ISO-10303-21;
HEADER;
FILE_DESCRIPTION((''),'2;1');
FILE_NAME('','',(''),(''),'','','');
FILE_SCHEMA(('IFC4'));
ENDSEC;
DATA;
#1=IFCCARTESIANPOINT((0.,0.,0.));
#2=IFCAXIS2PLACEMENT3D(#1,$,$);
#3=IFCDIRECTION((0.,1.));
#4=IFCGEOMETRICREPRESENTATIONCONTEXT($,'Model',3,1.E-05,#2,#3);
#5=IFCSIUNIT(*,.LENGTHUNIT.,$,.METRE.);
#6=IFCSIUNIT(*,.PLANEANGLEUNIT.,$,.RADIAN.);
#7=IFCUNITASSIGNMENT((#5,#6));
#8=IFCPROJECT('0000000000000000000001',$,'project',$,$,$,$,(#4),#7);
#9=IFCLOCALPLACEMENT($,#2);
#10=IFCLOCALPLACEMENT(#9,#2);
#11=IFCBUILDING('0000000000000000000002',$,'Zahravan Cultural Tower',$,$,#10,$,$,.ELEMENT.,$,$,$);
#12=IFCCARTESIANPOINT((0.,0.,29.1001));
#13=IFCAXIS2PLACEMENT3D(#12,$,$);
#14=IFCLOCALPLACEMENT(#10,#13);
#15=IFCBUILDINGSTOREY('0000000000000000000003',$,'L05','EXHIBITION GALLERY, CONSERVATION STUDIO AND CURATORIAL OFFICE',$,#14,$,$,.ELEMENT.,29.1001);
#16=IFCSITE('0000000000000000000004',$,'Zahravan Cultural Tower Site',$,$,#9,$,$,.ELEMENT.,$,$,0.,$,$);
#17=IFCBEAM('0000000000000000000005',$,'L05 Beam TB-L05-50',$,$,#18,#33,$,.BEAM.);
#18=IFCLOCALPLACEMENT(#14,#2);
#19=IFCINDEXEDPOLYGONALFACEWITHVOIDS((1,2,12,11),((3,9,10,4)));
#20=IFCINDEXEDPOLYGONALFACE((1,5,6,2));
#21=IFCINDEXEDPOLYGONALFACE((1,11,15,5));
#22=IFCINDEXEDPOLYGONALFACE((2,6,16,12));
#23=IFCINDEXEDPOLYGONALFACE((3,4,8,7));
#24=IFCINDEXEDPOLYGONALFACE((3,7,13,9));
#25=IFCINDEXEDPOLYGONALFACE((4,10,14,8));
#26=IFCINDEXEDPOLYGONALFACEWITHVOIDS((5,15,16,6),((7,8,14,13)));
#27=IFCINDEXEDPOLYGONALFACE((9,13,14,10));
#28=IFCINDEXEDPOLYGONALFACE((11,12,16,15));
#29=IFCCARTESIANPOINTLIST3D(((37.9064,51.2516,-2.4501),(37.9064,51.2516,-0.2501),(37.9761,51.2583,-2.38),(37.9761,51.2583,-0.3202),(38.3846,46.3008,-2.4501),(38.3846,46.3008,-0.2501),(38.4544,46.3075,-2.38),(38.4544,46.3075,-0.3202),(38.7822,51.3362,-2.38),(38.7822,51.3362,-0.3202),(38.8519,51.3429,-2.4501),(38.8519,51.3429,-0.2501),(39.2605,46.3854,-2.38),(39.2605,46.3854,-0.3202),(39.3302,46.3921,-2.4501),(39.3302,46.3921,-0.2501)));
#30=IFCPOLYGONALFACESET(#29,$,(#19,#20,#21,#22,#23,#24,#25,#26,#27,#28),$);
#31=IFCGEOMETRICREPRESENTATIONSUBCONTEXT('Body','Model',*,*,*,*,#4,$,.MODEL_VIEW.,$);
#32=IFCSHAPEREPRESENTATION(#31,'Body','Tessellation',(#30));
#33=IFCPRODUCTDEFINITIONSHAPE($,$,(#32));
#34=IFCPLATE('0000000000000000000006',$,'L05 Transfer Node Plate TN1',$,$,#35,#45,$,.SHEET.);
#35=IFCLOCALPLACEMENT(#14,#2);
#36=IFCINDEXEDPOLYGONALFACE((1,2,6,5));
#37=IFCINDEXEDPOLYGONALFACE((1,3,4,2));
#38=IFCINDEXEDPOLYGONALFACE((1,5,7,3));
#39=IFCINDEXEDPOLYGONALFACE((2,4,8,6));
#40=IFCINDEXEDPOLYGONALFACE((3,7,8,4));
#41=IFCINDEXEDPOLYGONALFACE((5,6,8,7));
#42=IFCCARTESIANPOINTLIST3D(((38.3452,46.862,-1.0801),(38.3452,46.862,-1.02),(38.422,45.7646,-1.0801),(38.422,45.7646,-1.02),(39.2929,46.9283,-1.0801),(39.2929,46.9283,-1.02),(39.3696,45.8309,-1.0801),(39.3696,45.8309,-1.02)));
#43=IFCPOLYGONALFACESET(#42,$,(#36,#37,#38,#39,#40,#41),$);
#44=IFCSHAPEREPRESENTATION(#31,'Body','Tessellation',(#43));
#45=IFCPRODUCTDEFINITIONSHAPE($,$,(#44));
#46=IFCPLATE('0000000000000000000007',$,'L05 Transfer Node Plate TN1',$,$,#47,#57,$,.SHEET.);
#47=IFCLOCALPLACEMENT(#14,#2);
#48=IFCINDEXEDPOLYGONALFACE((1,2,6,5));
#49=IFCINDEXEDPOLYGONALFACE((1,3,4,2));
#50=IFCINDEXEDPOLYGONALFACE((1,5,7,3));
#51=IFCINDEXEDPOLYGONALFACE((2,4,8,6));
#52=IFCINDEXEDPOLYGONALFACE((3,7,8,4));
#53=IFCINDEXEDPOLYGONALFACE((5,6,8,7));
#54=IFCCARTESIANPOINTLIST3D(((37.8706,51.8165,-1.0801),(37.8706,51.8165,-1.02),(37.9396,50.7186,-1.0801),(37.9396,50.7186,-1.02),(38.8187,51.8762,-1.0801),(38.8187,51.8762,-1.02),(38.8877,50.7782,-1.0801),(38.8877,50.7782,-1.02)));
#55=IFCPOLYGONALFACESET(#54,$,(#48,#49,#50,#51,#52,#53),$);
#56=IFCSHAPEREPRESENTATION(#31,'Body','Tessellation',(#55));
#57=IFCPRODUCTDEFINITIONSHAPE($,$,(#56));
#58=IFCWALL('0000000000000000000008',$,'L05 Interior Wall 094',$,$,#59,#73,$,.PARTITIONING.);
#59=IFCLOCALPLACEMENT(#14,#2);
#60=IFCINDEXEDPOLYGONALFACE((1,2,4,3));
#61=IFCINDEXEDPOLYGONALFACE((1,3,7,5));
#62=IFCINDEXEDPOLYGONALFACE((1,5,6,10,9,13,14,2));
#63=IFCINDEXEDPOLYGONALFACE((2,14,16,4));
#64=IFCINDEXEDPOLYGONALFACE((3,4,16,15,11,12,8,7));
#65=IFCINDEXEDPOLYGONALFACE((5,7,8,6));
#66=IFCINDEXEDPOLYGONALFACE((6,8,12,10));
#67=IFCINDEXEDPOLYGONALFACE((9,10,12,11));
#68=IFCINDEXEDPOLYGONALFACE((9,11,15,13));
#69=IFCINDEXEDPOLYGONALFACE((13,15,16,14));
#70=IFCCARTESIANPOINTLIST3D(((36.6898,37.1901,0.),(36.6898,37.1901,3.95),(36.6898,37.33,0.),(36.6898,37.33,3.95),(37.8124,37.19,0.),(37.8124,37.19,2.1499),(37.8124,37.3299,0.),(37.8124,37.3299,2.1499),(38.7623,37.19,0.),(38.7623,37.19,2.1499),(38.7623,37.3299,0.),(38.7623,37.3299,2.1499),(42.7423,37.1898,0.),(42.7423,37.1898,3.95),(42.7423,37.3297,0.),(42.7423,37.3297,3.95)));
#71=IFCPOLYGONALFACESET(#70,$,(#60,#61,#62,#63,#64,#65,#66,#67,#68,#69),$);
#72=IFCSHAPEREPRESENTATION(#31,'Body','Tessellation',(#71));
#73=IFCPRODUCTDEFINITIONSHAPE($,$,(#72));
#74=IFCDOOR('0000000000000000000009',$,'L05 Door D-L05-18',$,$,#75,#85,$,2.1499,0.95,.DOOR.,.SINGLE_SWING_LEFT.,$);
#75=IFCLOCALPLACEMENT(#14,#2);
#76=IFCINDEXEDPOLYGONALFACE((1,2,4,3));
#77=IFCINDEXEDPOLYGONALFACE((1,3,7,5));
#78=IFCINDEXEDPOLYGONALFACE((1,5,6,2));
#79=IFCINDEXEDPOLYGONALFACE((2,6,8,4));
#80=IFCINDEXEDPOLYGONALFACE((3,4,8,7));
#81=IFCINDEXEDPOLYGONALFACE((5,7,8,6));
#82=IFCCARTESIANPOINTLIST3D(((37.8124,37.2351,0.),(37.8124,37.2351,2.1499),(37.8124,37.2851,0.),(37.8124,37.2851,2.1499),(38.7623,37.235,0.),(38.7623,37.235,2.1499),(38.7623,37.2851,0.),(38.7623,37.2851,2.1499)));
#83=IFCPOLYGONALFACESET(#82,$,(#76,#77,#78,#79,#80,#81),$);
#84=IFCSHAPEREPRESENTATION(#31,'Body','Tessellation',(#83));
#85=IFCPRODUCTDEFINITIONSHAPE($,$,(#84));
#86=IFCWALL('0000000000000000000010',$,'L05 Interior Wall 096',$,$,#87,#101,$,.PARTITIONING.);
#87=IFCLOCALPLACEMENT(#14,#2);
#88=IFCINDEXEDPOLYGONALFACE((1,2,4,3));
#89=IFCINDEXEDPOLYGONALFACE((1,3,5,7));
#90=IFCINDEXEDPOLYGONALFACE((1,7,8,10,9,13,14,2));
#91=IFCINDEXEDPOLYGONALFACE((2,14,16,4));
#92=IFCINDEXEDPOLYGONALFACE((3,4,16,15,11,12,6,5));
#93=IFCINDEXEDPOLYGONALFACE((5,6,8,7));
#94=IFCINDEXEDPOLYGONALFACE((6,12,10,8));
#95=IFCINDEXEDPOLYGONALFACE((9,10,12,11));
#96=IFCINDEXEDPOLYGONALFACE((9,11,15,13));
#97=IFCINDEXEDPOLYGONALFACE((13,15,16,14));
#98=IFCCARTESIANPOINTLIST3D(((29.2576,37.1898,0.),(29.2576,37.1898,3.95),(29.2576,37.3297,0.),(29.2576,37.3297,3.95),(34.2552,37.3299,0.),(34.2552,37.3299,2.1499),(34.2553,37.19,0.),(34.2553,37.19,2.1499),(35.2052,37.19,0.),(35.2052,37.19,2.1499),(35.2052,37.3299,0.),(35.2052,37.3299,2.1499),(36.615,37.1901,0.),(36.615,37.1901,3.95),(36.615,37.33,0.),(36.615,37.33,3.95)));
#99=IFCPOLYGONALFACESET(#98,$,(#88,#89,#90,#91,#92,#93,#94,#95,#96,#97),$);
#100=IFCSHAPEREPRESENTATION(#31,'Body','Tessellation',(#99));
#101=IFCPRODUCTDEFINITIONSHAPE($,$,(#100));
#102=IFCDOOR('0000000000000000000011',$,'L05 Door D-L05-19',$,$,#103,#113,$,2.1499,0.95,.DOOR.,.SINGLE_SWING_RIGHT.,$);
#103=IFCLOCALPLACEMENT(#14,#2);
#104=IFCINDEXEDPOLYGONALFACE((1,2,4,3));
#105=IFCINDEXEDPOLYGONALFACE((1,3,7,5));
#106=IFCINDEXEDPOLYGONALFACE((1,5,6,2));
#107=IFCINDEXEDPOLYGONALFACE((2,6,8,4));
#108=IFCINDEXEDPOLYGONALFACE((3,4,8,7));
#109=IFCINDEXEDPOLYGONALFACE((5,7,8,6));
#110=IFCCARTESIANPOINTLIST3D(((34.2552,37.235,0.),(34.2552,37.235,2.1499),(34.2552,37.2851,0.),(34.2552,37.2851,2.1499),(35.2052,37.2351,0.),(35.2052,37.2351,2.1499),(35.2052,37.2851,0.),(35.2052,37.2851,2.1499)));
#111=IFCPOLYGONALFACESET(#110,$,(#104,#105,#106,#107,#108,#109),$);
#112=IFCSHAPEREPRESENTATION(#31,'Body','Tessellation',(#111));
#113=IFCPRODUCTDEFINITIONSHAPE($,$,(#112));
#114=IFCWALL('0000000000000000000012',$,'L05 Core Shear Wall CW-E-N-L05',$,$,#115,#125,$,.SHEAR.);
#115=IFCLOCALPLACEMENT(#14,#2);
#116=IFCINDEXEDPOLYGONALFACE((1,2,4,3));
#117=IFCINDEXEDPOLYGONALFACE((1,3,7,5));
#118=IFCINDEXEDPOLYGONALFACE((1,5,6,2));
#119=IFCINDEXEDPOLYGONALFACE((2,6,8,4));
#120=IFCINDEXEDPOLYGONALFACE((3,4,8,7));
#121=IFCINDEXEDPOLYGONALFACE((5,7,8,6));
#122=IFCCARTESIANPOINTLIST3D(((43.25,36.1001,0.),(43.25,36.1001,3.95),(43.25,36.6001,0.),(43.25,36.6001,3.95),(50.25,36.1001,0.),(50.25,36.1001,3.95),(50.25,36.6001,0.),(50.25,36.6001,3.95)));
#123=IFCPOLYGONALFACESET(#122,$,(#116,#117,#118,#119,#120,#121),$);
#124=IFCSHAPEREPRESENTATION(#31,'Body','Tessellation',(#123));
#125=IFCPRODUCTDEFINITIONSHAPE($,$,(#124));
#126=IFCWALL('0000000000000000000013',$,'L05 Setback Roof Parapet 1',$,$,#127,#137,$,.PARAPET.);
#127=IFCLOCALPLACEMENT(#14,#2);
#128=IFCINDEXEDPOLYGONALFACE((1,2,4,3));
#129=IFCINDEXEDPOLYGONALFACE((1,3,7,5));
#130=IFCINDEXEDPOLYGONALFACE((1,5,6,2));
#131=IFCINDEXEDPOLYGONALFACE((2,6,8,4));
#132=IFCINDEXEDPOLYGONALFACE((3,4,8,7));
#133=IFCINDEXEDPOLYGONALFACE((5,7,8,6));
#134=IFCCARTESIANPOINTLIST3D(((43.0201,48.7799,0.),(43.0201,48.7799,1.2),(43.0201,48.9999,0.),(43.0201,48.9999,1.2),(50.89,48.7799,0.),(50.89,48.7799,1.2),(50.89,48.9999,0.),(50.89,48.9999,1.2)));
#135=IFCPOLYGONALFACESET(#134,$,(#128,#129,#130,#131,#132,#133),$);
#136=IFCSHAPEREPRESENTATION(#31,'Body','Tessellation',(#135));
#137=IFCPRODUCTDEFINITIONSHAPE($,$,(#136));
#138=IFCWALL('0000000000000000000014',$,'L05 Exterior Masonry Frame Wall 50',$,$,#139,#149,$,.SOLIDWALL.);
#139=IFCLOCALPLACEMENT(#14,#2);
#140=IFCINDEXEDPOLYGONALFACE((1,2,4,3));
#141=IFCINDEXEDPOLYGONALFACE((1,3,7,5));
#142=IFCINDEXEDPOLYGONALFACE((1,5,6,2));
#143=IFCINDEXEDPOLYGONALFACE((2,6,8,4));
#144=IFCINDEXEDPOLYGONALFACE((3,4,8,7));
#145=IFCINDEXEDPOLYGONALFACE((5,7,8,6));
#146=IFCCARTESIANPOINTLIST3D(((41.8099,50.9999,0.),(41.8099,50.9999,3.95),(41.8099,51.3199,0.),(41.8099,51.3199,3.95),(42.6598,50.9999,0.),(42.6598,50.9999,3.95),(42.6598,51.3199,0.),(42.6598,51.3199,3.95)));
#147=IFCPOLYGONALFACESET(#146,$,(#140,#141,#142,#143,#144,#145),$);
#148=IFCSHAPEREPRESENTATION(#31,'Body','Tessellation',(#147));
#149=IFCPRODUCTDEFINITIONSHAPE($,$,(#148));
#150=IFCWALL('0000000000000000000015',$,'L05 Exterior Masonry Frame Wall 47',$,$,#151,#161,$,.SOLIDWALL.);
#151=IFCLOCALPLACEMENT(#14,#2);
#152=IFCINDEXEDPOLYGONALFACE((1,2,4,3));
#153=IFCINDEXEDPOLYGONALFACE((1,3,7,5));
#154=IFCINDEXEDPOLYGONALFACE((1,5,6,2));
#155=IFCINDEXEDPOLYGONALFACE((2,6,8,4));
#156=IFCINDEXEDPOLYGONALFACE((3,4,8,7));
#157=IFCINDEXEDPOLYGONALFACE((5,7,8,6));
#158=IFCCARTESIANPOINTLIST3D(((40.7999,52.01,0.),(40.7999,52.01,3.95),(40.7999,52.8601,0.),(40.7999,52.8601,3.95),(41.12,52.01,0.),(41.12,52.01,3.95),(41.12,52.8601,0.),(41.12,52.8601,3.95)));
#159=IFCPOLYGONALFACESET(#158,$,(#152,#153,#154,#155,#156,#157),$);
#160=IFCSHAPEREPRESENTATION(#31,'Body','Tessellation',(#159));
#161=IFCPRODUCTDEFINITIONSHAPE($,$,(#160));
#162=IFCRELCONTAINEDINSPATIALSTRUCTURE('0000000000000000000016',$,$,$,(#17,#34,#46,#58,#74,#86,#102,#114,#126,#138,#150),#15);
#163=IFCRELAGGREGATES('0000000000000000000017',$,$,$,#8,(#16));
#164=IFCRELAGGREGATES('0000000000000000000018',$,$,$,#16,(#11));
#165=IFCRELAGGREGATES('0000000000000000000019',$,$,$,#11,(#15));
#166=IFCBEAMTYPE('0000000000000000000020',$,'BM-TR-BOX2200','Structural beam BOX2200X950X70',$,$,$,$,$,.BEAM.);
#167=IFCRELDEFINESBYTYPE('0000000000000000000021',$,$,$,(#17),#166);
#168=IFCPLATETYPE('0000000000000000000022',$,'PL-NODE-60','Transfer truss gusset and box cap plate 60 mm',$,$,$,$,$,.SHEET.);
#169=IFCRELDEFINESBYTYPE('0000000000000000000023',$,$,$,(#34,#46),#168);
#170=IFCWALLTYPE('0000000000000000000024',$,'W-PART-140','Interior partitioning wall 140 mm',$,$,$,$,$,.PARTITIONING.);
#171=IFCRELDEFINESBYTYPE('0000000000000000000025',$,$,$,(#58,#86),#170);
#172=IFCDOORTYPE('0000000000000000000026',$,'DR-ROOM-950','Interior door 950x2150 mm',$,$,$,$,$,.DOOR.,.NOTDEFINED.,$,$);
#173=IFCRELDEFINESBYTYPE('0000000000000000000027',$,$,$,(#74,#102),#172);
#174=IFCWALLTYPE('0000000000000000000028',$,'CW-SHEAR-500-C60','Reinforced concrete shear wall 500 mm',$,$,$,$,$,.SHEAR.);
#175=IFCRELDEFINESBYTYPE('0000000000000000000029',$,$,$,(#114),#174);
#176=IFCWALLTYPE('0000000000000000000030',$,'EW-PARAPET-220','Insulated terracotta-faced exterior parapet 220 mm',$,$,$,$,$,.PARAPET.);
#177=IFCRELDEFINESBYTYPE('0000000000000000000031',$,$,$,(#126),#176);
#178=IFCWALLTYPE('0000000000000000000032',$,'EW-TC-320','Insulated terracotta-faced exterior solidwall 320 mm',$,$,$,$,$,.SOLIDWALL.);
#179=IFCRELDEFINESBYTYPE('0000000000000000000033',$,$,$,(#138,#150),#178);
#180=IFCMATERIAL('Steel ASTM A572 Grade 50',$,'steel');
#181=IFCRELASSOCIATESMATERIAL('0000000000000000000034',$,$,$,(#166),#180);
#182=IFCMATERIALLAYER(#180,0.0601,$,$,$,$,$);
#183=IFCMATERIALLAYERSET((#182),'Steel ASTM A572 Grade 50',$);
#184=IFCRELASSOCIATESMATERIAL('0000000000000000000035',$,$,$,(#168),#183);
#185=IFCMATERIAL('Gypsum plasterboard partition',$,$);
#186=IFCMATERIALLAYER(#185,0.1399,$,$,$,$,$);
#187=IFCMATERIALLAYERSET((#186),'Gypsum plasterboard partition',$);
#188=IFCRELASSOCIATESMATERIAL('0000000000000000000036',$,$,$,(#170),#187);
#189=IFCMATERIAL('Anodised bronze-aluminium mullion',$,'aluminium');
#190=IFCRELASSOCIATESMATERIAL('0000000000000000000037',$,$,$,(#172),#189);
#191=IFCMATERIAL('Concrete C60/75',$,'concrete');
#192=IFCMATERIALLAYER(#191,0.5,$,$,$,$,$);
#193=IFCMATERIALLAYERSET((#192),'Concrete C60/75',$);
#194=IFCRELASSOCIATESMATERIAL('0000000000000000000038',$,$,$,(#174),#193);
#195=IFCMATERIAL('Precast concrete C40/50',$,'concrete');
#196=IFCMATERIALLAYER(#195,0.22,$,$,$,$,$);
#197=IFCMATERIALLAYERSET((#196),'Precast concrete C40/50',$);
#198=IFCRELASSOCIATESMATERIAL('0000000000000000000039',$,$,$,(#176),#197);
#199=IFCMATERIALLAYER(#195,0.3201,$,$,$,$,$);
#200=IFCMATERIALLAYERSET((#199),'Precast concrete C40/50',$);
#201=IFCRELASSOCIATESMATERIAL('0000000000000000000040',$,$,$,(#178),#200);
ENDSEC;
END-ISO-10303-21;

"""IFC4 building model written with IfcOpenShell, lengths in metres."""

from ifc_helpers import new_model, si_unit, direction, frame, frame_2d, origin, origin_2d, place, context, subcontext, project, spatial, rectangle, hollow_rectangle, extrude, source, transform, mapped, material, layer, layer_set, material_profile, profile_set, type_object, element, fill, save


model = new_model("IFC4")

# Units and contexts
model_context = context("Model", 3, precision=1e-05, world=origin(), true_north=direction((0.0, 1.0)))
body_context = subcontext(model_context, "Body", "Model", "MODEL_VIEW")
ifc_project = project(units=[si_unit("LENGTHUNIT", "METRE"), si_unit("PLANEANGLEUNIT", "RADIAN")], contexts=[model_context])

# Site, building, storey
site_placement = place(None, origin())
site = spatial("IfcSite", under=ifc_project, at=site_placement, Name="Zahravan Cultural Tower Site", CompositionType="ELEMENT", RefElevation=0.0)
building_placement = place(site_placement, origin())
building = spatial("IfcBuilding", under=site, at=building_placement, Name="Zahravan Cultural Tower", CompositionType="ELEMENT")
storey_placement = place(building_placement, frame((0.0, 0.0, 29.1001)))
storey = spatial("IfcBuildingStorey", under=building, at=storey_placement, Name="L05", Description="EXHIBITION GALLERY, CONSERVATION STUDIO AND CURATORIAL OFFICE", CompositionType="ELEMENT", Elevation=29.1001)

# Shared definitions
ifc_material_1 = material(Name="Steel ASTM A572 Grade 50", Category="steel")

# Beam
ifc_material_profile_1 = material_profile(ifc_material_1, hollow_rectangle(XDim=0.95, YDim=2.2, WallThickness=0.0701, at=origin_2d()), Name="BOX2200X950X70")
ifc_profile_set_1 = profile_set([ifc_material_profile_1], Name="Steel ASTM A572 Grade 50")
beam_type_1 = type_object("IfcBeamType", Name="BM-TR-BOX2200", Description="Structural beam BOX2200X950X70", PredefinedType="BEAM", material=ifc_profile_set_1)
shared_shape_1 = source(origin(), body_context, "Body", "SweptSolid", [
    extrude(hollow_rectangle(XDim=0.95, YDim=2.2, WallThickness=0.0701, at=origin_2d()), origin(), (0.0, 0.0, 1.0), 4.9739),
])
beam_1_placement = place(storey_placement, frame((38.8574, 46.3464, -1.3501), z_axis=(-0.096155, 0.995366, 0.0), x_axis=(-0.995366, -0.096155, 0.0)))
element("IfcBeam", 1, at=beam_1_placement, inside=storey, type_object=beam_type_1, Name="L05 Beam TB-L05-50", PredefinedType="BEAM", context=body_context, shape_type="MappedRepresentation", body=[
    mapped(shared_shape_1, transform((0.0, 0.0, 0.0), x_axis=(1.0, 0.0, 0.0), y_axis=(0.0, 1.0, 0.0), z_axis=(0.0, 0.0, 1.0), scale=1.0)),
])

# Plates
ifc_layer_1 = layer(ifc_material_1, 0.0601)
ifc_layer_set_1 = layer_set([ifc_layer_1], Name="Steel ASTM A572 Grade 50")
plate_type = type_object("IfcPlateType", Name="PL-NODE-60", Description="Transfer truss gusset and box cap plate 60 mm", PredefinedType="SHEET", material=ifc_layer_set_1)
shared_shape_2 = source(origin(), body_context, "Body", "SweptSolid", [
    extrude(rectangle(XDim=1.1001, YDim=0.95, at=origin_2d()), origin(), (0.0, 0.0, 1.0), 0.0601),
])
for number, where, z_axis, x_axis, name in (
    (2, (38.8574, 46.3464, -1.0801), (0.0, 0.0, 1.0), (-0.069756, 0.997564, 0.0), "L05 Transfer Node Plate TN1"),
    (3, (38.3792, 51.2974, -1.0801), (0.0, 0.0, 1.0), (-0.062791, 0.998027, 0.0), "L05 Transfer Node Plate TN1"),
):
    element("IfcPlate", number, at=place(storey_placement, frame(where, z_axis=z_axis, x_axis=x_axis)), inside=storey, type_object=plate_type, Name=name, PredefinedType="SHEET", context=body_context, shape_type="MappedRepresentation", body=[
        mapped(shared_shape_2, transform((0.0, 0.0, 0.0), x_axis=(1.0, 0.0, 0.0), y_axis=(0.0, 1.0, 0.0), z_axis=(0.0, 0.0, 1.0), scale=1.0)),
    ])

# Walls, openings, doors
ifc_material_2 = material(Name="Gypsum plasterboard partition")
ifc_layer_2 = layer(ifc_material_2, 0.1399)
ifc_layer_set_2 = layer_set([ifc_layer_2], Name="Gypsum plasterboard partition")
wall_type_1 = type_object("IfcWallType", Name="W-PART-140", Description="Interior partitioning wall 140 mm", PredefinedType="PARTITIONING", material=ifc_layer_set_2)
wall_1_placement = place(storey_placement, frame((42.7424, 37.2598, 0.0), z_axis=(0.0, 0.0, 1.0), x_axis=(-1.0, 0.00004, 0.0)))
wall_1 = element("IfcWall", 4, at=wall_1_placement, inside=storey, type_object=wall_type_1, Name="L05 Interior Wall 094", PredefinedType="PARTITIONING", context=body_context, shape_type="SweptSolid", body=[
    extrude(rectangle(XDim=6.0525, YDim=0.1399, at=frame_2d((3.0264, 0.0))), origin(), (0.0, 0.0, 1.0), 3.95),
])
opening_1_placement = place(wall_1_placement, frame((3.98, 0.0, 0.0)))
opening_1 = element("IfcOpeningElement", 5, at=opening_1_placement, cuts=wall_1, PredefinedType="OPENING", context=body_context, shape_type="SweptSolid", body=[
    extrude(rectangle(XDim=0.95, YDim=2.1499, at=frame_2d((0.4751, 1.075))), frame((0.0, 0.0798, 0.0), z_axis=(0.0, -1.0, 0.0), x_axis=(1.0, 0.0, 0.0)), (0.0, 0.0, 1.0), 0.1599),
])
ifc_material_3 = material(Name="Anodised bronze-aluminium mullion", Category="aluminium")
door_type = type_object("IfcDoorType", Name="DR-ROOM-950", Description="Interior door 950x2150 mm", OperationType="NOTDEFINED", PredefinedType="DOOR", material=ifc_material_3)
shared_shape_3 = source(origin(), body_context, "Body", "SweptSolid", [
    extrude(rectangle(XDim=0.95, YDim=2.1499, at=frame_2d((0.4751, 1.075))), frame((0.0, 0.0249, 0.0), z_axis=(0.0, -1.0, 0.0), x_axis=(1.0, 0.0, 0.0)), (0.0, 0.0, 1.0), 0.05),
])
door_1_placement = place(opening_1_placement, origin())
door_1 = element("IfcDoor", 6, at=door_1_placement, inside=storey, type_object=door_type, Name="L05 Door D-L05-18", OperationType="SINGLE_SWING_LEFT", OverallHeight=2.1499, OverallWidth=0.95, PredefinedType="DOOR", context=body_context, shape_type="MappedRepresentation", body=[
    mapped(shared_shape_3, transform((0.0, 0.0, 0.0), x_axis=(1.0, 0.0, 0.0), y_axis=(0.0, 1.0, 0.0), z_axis=(0.0, 0.0, 1.0), scale=1.0)),
])
fill(opening_1, door_1)
wall_2_placement = place(storey_placement, frame((36.615, 37.26, 0.0), z_axis=(0.0, 0.0, 1.0), x_axis=(-1.0, -0.000033, 0.0)))
wall_2 = element("IfcWall", 7, at=wall_2_placement, inside=storey, type_object=wall_type_1, Name="L05 Interior Wall 096", PredefinedType="PARTITIONING", context=body_context, shape_type="SweptSolid", body=[
    extrude(rectangle(XDim=7.3574, YDim=0.1399, at=frame_2d((3.6787, 0.0))), origin(), (0.0, 0.0, 1.0), 3.95),
])
opening_2_placement = place(wall_2_placement, frame((1.4097, 0.0, 0.0)))
opening_2 = element("IfcOpeningElement", 8, at=opening_2_placement, cuts=wall_2, PredefinedType="OPENING", context=body_context, shape_type="SweptSolid", body=[
    extrude(rectangle(XDim=0.95, YDim=2.1499, at=frame_2d((0.4751, 1.075))), frame((0.0, 0.0798, 0.0), z_axis=(0.0, -1.0, 0.0), x_axis=(1.0, 0.0, 0.0)), (0.0, 0.0, 1.0), 0.1599),
])
door_2_placement = place(opening_2_placement, origin())
door_2 = element("IfcDoor", 9, at=door_2_placement, inside=storey, type_object=door_type, Name="L05 Door D-L05-19", OperationType="SINGLE_SWING_RIGHT", OverallHeight=2.1499, OverallWidth=0.95, PredefinedType="DOOR", context=body_context, shape_type="MappedRepresentation", body=[
    mapped(shared_shape_3, transform((0.0, 0.0, 0.0), x_axis=(1.0, 0.0, 0.0), y_axis=(0.0, 1.0, 0.0), z_axis=(0.0, 0.0, 1.0), scale=1.0)),
])
fill(opening_2, door_2)

# Walls
ifc_material_4 = material(Name="Concrete C60/75", Category="concrete")
ifc_layer_3 = layer(ifc_material_4, 0.5)
ifc_layer_set_3 = layer_set([ifc_layer_3], Name="Concrete C60/75")
wall_type_2 = type_object("IfcWallType", Name="CW-SHEAR-500-C60", Description="Reinforced concrete shear wall 500 mm", PredefinedType="SHEAR", material=ifc_layer_set_3)
shared_shape_4 = source(origin(), body_context, "Body", "SweptSolid", [
    extrude(rectangle(XDim=7.0, YDim=0.5, at=frame_2d((3.5, 0.0))), origin(), (0.0, 0.0, 1.0), 3.95),
])
wall_3_placement = place(storey_placement, frame((43.25, 36.3501, 0.0), z_axis=(0.0, 0.0, 1.0), x_axis=(1.0, 0.0, 0.0)))
element("IfcWall", 10, at=wall_3_placement, inside=storey, type_object=wall_type_2, Name="L05 Core Shear Wall CW-E-N-L05", PredefinedType="SHEAR", context=body_context, shape_type="MappedRepresentation", body=[
    mapped(shared_shape_4, transform((0.0, 0.0, 0.0), x_axis=(1.0, 0.0, 0.0), y_axis=(0.0, 1.0, 0.0), z_axis=(0.0, 0.0, 1.0), scale=1.0)),
])
ifc_material_5 = material(Name="Precast concrete C40/50", Category="concrete")
ifc_layer_4 = layer(ifc_material_5, 0.22)
ifc_layer_set_4 = layer_set([ifc_layer_4], Name="Precast concrete C40/50")
wall_type_3 = type_object("IfcWallType", Name="EW-PARAPET-220", Description="Insulated terracotta-faced exterior parapet 220 mm", PredefinedType="PARAPET", material=ifc_layer_set_4)
shared_shape_5 = source(origin(), body_context, "Body", "SweptSolid", [
    extrude(rectangle(XDim=7.8699, YDim=0.22, at=frame_2d((3.9351, 0.0))), origin(), (0.0, 0.0, 1.0), 1.2),
])
wall_4_placement = place(storey_placement, frame((43.02, 48.8899, 0.0), z_axis=(0.0, 0.0, 1.0), x_axis=(1.0, 0.0, 0.0)))
element("IfcWall", 11, at=wall_4_placement, inside=storey, type_object=wall_type_3, Name="L05 Setback Roof Parapet 1", PredefinedType="PARAPET", context=body_context, shape_type="MappedRepresentation", body=[
    mapped(shared_shape_5, transform((0.0, 0.0, 0.0), x_axis=(1.0, 0.0, 0.0), y_axis=(0.0, 1.0, 0.0), z_axis=(0.0, 0.0, 1.0), scale=1.0)),
])
ifc_layer_5 = layer(ifc_material_5, 0.3201)
ifc_layer_set_5 = layer_set([ifc_layer_5], Name="Precast concrete C40/50")
wall_type_4 = type_object("IfcWallType", Name="EW-TC-320", Description="Insulated terracotta-faced exterior solidwall 320 mm", PredefinedType="SOLIDWALL", material=ifc_layer_set_5)
shared_shape_6 = source(origin(), body_context, "Body", "SweptSolid", [
    extrude(rectangle(XDim=0.8499, YDim=0.3201, at=frame_2d((0.4248, 0.0))), origin(), (0.0, 0.0, 1.0), 3.95),
])
wall_5_placement = place(storey_placement, frame((41.8101, 51.1599, 0.0), z_axis=(0.0, 0.0, 1.0), x_axis=(1.0, 0.0, 0.0)))
element("IfcWall", 12, at=wall_5_placement, inside=storey, type_object=wall_type_4, Name="L05 Exterior Masonry Frame Wall 50", PredefinedType="SOLIDWALL", context=body_context, shape_type="MappedRepresentation", body=[
    mapped(shared_shape_6, transform((0.0, 0.0, 0.0), x_axis=(1.0, 0.0, 0.0), y_axis=(0.0, 1.0, 0.0), z_axis=(0.0, 0.0, 1.0), scale=1.0)),
])
shared_shape_7 = source(origin(), body_context, "Body", "SweptSolid", [
    extrude(rectangle(XDim=0.8501, YDim=0.3201, at=frame_2d((0.425, 0.0))), origin(), (0.0, 0.0, 1.0), 3.95),
])
for number, where, z_axis, x_axis, name in (
    (13, (40.96, 52.8601, 0.0), (0.0, 0.0, 1.0), (0.0, -1.0, 0.0), "L05 Exterior Masonry Frame Wall 47"),
):
    element("IfcWall", number, at=place(storey_placement, frame(where, z_axis=z_axis, x_axis=x_axis)), inside=storey, type_object=wall_type_4, Name=name, PredefinedType="SOLIDWALL", context=body_context, shape_type="MappedRepresentation", body=[
        mapped(shared_shape_7, transform((0.0, 0.0, 0.0), x_axis=(1.0, 0.0, 0.0), y_axis=(0.0, 1.0, 0.0), z_axis=(0.0, 0.0, 1.0), scale=1.0)),
    ])

save(model, "model.ifc")
